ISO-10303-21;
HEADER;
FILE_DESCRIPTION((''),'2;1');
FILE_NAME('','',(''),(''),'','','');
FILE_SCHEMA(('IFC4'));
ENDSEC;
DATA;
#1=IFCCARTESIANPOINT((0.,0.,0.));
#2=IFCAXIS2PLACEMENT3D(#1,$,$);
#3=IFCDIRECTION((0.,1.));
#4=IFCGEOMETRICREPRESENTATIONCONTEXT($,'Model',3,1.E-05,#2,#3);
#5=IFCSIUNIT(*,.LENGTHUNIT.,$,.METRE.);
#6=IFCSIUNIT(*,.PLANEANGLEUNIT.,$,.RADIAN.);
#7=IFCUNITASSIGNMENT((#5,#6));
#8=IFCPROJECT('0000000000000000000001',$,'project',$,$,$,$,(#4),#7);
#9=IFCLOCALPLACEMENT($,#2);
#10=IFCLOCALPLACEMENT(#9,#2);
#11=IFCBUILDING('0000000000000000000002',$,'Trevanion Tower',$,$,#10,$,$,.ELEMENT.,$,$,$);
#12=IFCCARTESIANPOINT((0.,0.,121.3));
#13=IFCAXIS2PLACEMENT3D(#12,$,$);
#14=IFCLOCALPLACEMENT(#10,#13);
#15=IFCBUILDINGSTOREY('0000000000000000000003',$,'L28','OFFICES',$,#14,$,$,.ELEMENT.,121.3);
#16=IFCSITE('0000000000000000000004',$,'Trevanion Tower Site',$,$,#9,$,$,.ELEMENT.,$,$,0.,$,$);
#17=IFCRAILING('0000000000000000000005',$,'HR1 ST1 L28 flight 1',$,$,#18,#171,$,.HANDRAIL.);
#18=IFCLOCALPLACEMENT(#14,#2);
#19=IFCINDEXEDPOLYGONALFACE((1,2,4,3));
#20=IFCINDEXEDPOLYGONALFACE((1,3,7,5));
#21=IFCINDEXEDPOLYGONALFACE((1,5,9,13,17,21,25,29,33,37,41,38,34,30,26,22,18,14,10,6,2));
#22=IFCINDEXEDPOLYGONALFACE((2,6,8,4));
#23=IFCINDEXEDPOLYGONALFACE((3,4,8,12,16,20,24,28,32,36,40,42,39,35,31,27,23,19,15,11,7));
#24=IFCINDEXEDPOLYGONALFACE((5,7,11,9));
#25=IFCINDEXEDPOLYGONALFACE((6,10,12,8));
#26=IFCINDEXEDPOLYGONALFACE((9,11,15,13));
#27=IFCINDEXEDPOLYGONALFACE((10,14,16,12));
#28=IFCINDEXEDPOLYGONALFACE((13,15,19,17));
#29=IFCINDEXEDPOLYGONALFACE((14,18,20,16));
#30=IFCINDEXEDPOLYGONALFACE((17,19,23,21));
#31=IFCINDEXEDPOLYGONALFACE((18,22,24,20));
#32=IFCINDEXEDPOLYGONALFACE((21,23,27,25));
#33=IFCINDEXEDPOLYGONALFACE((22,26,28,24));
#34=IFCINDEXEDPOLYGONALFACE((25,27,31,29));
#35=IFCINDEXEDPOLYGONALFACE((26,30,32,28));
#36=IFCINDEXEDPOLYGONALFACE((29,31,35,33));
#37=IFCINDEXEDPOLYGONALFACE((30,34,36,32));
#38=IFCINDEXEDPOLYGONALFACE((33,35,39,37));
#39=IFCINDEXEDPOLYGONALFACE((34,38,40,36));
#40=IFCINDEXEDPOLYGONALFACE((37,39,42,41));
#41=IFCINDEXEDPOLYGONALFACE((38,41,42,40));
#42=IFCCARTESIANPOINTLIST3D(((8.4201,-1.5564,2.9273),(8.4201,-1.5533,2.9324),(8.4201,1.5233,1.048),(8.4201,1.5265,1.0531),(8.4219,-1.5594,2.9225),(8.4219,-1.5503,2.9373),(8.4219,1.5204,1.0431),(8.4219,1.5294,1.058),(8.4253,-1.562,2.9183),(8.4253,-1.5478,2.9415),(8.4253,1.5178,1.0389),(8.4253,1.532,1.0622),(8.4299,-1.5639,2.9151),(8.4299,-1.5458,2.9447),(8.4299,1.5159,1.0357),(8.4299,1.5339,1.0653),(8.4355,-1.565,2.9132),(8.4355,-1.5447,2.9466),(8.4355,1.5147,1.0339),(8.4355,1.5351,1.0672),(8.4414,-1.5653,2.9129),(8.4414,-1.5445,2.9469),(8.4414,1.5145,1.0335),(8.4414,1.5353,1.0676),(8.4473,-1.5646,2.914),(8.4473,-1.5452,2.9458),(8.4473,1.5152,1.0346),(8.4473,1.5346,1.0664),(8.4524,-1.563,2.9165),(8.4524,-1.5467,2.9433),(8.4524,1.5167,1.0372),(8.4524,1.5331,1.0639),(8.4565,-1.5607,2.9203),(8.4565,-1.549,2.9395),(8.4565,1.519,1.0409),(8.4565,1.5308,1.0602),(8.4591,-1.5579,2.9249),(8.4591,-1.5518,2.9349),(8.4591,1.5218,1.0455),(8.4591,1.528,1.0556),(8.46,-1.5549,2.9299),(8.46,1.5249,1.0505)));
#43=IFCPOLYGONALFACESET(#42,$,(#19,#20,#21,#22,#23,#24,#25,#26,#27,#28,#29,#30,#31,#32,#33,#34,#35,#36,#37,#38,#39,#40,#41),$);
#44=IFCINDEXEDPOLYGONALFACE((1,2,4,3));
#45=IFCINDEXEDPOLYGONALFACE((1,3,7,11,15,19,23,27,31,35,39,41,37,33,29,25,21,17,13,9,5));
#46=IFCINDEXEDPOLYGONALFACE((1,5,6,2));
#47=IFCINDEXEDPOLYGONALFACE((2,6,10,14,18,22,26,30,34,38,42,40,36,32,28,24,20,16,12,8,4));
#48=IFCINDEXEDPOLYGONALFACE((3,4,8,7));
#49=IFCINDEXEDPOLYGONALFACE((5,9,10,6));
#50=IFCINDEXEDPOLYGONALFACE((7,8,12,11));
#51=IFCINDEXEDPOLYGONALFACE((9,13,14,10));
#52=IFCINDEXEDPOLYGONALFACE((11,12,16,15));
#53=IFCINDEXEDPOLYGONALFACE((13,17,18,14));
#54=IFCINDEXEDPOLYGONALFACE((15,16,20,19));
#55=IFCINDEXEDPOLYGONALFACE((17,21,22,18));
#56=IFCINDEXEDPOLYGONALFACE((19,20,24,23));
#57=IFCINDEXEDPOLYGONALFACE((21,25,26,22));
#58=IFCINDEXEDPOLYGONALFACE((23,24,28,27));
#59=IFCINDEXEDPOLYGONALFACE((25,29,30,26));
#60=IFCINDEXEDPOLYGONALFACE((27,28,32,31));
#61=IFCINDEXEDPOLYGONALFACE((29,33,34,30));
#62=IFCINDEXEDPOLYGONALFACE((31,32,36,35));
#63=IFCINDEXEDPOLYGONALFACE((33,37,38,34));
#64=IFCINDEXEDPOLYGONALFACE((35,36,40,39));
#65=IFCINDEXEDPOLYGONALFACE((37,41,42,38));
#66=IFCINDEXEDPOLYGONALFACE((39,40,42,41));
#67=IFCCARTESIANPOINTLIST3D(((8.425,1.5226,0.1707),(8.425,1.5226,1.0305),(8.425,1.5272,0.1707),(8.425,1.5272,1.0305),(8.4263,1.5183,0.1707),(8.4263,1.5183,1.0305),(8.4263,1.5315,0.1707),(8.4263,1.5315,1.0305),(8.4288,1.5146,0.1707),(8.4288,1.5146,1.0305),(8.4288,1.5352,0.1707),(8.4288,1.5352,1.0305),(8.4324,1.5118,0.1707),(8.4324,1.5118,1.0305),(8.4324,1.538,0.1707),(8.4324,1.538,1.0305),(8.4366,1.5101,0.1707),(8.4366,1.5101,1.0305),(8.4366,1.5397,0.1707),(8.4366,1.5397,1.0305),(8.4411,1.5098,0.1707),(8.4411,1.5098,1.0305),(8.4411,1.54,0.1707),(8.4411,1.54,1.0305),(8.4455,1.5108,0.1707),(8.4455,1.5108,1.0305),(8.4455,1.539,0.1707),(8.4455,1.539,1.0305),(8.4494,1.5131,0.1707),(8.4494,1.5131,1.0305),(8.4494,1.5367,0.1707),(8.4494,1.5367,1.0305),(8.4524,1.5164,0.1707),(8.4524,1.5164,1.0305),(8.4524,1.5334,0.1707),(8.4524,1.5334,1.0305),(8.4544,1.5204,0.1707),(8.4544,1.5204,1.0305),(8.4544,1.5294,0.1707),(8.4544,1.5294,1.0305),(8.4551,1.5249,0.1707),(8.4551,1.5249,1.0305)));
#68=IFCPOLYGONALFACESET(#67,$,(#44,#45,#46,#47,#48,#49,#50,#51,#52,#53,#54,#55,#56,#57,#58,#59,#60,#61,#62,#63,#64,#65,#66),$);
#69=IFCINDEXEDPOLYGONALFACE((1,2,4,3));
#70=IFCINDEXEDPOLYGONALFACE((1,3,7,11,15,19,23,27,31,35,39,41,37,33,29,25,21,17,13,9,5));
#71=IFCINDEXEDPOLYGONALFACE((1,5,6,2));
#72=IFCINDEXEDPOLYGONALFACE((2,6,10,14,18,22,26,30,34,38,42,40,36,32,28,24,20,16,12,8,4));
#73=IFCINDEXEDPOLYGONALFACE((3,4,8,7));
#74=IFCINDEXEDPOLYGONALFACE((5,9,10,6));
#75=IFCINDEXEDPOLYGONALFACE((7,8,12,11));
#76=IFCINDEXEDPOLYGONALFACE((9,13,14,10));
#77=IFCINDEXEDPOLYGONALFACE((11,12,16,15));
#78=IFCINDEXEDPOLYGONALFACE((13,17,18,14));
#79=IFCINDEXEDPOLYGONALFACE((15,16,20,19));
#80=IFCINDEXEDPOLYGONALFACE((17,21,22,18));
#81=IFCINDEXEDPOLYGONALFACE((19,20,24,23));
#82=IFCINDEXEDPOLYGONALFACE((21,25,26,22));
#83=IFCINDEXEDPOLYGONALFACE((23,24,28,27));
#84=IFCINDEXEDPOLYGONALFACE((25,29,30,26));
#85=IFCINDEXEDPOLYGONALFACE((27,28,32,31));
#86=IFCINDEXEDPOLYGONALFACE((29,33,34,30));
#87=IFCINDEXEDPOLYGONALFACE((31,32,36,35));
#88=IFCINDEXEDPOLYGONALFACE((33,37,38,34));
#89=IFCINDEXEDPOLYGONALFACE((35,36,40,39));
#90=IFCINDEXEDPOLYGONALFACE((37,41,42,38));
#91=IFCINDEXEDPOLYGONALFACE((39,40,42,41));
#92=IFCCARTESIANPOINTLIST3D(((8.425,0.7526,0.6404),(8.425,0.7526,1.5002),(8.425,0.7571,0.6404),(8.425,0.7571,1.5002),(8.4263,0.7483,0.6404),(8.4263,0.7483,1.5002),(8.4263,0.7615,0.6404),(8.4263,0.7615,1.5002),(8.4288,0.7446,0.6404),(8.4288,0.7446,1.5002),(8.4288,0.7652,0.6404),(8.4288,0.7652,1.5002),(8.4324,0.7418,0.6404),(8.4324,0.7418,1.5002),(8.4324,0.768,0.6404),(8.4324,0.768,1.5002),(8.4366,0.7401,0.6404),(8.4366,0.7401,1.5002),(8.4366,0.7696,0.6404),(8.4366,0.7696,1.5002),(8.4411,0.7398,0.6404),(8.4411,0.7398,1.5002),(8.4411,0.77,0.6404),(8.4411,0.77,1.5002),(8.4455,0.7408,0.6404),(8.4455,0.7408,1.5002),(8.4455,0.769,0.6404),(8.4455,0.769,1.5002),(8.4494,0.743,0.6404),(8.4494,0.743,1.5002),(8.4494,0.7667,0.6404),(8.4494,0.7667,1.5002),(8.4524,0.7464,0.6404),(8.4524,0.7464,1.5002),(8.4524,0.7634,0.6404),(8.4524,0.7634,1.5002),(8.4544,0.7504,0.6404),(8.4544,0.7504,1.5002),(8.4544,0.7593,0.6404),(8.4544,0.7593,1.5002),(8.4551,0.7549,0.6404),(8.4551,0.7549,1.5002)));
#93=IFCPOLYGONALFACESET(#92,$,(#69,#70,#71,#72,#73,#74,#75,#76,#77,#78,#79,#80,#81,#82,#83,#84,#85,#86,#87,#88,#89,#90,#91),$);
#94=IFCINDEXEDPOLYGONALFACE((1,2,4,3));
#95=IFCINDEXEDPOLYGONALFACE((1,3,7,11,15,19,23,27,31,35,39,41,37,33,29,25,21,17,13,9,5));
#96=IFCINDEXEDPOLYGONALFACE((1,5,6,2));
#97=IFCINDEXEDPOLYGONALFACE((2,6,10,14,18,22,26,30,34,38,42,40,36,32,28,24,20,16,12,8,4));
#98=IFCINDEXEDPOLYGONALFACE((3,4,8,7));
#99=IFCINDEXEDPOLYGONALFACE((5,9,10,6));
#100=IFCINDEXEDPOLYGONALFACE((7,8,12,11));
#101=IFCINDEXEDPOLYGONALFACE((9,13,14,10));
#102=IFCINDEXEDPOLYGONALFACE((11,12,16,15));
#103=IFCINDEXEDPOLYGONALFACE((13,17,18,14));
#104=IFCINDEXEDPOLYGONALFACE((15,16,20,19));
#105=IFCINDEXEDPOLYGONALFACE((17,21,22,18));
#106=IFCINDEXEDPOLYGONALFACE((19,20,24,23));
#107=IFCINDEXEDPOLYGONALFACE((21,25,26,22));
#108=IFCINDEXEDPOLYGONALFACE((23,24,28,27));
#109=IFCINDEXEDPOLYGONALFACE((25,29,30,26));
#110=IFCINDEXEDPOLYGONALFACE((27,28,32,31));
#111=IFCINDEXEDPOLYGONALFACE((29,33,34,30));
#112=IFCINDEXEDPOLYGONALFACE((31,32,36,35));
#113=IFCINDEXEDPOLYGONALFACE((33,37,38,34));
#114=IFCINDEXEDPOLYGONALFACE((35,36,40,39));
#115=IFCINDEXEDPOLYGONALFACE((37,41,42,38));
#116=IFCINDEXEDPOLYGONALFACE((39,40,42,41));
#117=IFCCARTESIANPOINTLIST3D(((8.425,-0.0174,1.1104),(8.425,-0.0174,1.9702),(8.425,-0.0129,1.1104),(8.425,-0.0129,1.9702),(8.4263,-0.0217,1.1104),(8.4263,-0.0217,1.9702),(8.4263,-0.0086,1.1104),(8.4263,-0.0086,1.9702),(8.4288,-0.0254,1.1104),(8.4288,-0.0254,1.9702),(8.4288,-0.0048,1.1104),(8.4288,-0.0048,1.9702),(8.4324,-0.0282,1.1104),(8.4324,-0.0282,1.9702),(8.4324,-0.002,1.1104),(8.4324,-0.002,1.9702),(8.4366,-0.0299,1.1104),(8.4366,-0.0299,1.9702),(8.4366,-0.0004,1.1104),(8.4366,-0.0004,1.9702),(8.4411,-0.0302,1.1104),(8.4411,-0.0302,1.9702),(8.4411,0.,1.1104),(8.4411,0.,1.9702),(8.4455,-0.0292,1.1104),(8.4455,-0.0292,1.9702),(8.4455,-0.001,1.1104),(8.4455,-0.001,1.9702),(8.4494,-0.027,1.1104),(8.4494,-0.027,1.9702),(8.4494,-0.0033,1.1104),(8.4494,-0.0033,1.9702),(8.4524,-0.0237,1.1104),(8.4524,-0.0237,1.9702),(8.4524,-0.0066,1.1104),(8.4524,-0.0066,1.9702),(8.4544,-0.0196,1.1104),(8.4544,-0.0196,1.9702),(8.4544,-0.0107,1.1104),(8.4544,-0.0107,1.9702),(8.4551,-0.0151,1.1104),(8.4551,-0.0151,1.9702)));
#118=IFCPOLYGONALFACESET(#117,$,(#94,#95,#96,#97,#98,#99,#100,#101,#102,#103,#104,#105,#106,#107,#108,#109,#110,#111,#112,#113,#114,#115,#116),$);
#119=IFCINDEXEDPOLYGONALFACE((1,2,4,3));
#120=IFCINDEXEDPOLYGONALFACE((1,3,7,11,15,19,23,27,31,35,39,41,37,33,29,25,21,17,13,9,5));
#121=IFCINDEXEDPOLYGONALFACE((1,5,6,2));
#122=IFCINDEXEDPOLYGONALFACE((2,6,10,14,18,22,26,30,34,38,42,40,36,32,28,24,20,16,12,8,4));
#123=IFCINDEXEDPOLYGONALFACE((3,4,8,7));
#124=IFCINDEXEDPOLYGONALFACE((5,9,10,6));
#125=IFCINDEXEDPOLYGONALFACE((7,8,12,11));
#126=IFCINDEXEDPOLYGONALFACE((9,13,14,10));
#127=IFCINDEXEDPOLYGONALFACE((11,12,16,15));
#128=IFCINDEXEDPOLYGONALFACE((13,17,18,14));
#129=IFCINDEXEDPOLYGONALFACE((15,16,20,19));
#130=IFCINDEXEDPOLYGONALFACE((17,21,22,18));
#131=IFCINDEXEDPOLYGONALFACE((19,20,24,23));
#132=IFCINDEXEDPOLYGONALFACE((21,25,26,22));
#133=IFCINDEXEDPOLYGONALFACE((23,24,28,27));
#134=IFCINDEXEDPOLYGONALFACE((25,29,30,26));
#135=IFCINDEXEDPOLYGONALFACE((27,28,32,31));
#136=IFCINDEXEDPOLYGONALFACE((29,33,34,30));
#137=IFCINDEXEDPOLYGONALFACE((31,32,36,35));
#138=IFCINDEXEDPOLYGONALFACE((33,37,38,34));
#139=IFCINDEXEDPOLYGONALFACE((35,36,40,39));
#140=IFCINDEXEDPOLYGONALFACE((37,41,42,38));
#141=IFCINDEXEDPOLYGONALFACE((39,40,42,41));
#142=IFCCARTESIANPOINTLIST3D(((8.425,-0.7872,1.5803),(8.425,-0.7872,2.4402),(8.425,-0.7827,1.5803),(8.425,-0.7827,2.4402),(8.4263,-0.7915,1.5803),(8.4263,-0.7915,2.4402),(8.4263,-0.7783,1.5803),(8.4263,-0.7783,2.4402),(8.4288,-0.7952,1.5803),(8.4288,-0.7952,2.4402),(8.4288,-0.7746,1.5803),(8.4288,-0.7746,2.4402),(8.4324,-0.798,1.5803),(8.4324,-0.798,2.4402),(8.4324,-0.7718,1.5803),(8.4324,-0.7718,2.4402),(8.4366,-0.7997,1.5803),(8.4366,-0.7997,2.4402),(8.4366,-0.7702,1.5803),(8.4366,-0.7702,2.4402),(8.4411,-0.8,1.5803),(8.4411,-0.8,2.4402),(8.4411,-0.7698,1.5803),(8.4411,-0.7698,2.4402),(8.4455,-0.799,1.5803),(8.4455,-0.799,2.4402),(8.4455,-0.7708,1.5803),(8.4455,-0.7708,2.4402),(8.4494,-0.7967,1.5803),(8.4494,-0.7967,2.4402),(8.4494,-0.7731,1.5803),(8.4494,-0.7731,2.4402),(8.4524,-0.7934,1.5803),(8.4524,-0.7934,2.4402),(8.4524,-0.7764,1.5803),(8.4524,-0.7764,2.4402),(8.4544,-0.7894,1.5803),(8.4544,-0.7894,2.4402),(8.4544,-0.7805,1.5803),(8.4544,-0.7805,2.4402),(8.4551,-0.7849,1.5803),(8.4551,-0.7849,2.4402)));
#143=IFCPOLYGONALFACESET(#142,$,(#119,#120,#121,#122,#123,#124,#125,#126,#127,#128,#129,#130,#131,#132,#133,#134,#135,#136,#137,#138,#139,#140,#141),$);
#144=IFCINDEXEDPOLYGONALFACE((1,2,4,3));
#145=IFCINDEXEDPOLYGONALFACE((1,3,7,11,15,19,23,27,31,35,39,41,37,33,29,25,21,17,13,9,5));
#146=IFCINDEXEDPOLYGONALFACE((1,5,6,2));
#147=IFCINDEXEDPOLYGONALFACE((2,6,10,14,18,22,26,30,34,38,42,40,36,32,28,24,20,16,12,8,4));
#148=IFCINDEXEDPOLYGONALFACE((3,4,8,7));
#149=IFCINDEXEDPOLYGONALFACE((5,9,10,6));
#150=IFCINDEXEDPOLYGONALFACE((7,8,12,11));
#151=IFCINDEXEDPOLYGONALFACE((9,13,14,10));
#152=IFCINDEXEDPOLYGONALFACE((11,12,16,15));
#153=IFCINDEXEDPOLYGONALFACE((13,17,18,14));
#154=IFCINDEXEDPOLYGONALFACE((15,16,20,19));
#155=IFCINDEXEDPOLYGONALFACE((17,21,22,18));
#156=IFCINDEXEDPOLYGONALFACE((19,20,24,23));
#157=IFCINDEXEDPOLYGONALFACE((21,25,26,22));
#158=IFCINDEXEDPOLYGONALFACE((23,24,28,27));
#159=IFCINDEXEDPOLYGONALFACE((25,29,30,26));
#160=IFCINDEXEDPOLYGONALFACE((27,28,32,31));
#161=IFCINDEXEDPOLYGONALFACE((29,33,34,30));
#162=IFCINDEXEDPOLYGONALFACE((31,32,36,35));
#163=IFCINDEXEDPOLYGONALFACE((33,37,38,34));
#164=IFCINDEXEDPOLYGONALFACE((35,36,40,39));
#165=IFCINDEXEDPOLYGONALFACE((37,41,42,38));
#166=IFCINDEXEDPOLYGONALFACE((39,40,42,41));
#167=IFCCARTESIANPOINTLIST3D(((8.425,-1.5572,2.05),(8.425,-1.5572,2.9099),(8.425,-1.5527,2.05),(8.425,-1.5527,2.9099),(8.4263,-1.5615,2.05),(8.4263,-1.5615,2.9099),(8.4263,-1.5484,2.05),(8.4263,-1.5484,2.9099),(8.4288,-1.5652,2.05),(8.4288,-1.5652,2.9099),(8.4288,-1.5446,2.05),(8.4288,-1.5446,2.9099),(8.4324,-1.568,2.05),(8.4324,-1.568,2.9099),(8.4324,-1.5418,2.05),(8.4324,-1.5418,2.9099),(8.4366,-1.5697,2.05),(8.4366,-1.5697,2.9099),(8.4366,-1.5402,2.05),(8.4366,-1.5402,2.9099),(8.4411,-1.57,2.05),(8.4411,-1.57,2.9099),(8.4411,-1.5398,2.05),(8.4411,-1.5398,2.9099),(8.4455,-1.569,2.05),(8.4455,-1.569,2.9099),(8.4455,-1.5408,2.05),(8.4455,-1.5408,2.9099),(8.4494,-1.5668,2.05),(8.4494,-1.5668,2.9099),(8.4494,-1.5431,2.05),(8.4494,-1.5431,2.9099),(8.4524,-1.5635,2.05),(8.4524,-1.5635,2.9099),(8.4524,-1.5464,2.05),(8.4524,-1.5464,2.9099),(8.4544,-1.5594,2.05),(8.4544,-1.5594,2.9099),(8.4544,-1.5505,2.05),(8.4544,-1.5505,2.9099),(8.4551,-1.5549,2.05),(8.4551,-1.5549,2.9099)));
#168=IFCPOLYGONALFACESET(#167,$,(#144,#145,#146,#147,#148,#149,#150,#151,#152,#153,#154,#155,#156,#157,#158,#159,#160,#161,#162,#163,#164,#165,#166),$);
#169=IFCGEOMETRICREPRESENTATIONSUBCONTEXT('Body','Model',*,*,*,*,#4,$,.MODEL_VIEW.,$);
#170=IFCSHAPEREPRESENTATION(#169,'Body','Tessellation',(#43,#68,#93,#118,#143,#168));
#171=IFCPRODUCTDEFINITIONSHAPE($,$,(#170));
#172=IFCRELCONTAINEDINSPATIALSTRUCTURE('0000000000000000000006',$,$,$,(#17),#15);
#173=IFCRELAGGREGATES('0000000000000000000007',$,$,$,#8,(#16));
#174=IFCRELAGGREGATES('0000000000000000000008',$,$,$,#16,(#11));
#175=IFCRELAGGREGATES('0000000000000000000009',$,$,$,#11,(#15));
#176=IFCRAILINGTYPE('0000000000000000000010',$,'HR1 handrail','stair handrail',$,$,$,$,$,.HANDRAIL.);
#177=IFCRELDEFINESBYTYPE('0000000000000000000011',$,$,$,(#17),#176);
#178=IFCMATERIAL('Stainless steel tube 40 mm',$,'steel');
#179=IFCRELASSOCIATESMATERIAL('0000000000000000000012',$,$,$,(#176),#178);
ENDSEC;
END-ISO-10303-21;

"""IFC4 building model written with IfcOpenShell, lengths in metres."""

from ifc_helpers import new_model, si_unit, direction, frame, origin, origin_2d, place, context, subcontext, project, spatial, circle, extrude, material, type_object, element, save


model = new_model("IFC4")

# Units and contexts
model_context = context("Model", 3, precision=1e-05, world=origin(), true_north=direction((0.0, 1.0)))
body_context = subcontext(model_context, "Body", "Model", "MODEL_VIEW")
ifc_project = project(units=[si_unit("LENGTHUNIT", "METRE"), si_unit("PLANEANGLEUNIT", "RADIAN")], contexts=[model_context])

# Site, building, storey
site_placement = place(None, origin())
site = spatial("IfcSite", under=ifc_project, at=site_placement, Name="Trevanion Tower Site", CompositionType="ELEMENT", RefElevation=0.0)
building_placement = place(site_placement, origin())
building = spatial("IfcBuilding", under=site, at=building_placement, Name="Trevanion Tower", CompositionType="ELEMENT")
storey_placement = place(building_placement, frame((0.0, 0.0, 121.3)))
storey = spatial("IfcBuildingStorey", under=building, at=storey_placement, Name="L28", Description="OFFICES", CompositionType="ELEMENT", Elevation=121.3)

# Railing
ifc_material_1 = material(Name="Stainless steel tube 40 mm", Category="steel")
railing_type = type_object("IfcRailingType", Name="HR1 handrail", Description="stair handrail", PredefinedType="HANDRAIL", material=ifc_material_1)
for number, where, name in (
    (1, (8.4399, 1.5249, 0.1707), "HR1 ST1 L28 flight 1"),
):
    element("IfcRailing", number, at=place(storey_placement, frame(where)), inside=storey, type_object=railing_type, Name=name, PredefinedType="HANDRAIL", context=body_context, shape_type="SweptSolid", body=[
        extrude(circle(Radius=0.02, at=origin_2d()), frame((0.0, 0.0, 0.8799), z_axis=(0.0, -0.853618, 0.5209), x_axis=(1.0, 0.0, 0.0)), (0.0, 0.0, 1.0), 3.6079),
        extrude(circle(Radius=0.0151, at=origin_2d()), origin(), (0.0, 0.0, 1.0), 0.8599),
        extrude(circle(Radius=0.0151, at=origin_2d()), frame((0.0, -0.77, 0.4697)), (0.0, 0.0, 1.0), 0.8599),
        extrude(circle(Radius=0.0151, at=origin_2d()), frame((0.0, -1.54, 0.9397)), (0.0, 0.0, 1.0), 0.8599),
        extrude(circle(Radius=0.0151, at=origin_2d()), frame((0.0, -2.3098, 1.4097)), (0.0, 0.0, 1.0), 0.8599),
        extrude(circle(Radius=0.0151, at=origin_2d()), frame((0.0, -3.0798, 1.8794)), (0.0, 0.0, 1.0), 0.8599),
    ])

save(model, "model.ifc")
